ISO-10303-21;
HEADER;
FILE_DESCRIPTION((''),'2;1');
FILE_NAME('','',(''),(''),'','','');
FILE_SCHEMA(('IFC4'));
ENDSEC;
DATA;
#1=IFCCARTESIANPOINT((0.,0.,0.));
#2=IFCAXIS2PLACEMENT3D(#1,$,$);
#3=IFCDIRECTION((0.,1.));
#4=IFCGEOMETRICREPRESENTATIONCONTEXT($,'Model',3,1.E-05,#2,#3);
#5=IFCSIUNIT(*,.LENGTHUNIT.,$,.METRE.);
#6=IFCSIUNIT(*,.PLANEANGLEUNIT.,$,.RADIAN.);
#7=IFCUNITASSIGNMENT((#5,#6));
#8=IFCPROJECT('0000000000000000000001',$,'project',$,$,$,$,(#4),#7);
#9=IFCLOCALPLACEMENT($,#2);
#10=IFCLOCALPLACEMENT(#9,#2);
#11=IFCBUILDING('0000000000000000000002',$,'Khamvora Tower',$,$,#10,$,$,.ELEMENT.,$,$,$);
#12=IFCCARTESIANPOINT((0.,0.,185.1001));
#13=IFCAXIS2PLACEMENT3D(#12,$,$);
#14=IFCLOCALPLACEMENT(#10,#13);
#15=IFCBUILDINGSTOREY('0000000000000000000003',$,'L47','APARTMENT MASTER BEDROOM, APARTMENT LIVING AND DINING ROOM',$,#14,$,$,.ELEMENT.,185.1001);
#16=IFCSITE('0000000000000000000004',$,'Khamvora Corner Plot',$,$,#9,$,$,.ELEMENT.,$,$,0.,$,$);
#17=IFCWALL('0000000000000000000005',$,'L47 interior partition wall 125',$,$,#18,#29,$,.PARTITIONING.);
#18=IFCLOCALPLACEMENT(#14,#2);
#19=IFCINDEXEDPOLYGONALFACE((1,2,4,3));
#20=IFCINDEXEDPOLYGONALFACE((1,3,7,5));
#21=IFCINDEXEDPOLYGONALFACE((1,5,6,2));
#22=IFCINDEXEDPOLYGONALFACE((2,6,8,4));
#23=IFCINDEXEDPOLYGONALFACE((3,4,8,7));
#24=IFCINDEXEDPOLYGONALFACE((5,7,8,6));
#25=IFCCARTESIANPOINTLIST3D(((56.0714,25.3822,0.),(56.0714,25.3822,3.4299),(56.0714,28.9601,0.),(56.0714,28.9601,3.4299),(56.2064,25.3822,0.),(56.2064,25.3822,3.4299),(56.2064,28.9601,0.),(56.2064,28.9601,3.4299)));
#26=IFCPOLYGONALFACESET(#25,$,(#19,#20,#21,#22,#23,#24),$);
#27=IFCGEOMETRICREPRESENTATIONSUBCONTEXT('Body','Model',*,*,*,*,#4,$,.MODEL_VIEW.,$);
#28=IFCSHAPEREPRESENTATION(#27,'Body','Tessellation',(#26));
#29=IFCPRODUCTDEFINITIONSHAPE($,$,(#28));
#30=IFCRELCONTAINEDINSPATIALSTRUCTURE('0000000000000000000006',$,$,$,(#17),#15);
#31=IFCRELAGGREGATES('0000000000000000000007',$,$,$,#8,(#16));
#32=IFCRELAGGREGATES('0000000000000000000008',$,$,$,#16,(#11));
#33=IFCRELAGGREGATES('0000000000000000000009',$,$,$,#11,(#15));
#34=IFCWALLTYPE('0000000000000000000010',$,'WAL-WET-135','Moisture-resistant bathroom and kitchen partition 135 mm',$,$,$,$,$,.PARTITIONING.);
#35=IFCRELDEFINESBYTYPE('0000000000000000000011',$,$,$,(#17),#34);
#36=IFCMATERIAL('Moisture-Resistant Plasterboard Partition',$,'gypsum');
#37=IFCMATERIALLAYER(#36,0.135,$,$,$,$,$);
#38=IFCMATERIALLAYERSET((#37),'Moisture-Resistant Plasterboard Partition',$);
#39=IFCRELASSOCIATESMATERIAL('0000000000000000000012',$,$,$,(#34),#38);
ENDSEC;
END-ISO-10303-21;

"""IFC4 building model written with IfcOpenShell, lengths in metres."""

from ifc_helpers import new_model, si_unit, direction, frame, frame_2d, origin, place, context, subcontext, project, spatial, rectangle, extrude, material, layer, layer_set, type_object, element, save


model = new_model("IFC4")

# Units and contexts
model_context = context("Model", 3, precision=1e-05, world=origin(), true_north=direction((0.0, 1.0)))
body_context = subcontext(model_context, "Body", "Model", "MODEL_VIEW")
ifc_project = project(units=[si_unit("LENGTHUNIT", "METRE"), si_unit("PLANEANGLEUNIT", "RADIAN")], contexts=[model_context])

# Site, building, storey
site_placement = place(None, origin())
site = spatial("IfcSite", under=ifc_project, at=site_placement, Name="Khamvora Corner Plot", CompositionType="ELEMENT", RefElevation=0.0)
building_placement = place(site_placement, origin())
building = spatial("IfcBuilding", under=site, at=building_placement, Name="Khamvora Tower", CompositionType="ELEMENT")
storey_placement = place(building_placement, frame((0.0, 0.0, 185.1001)))
storey = spatial("IfcBuildingStorey", under=building, at=storey_placement, Name="L47", Description="APARTMENT MASTER BEDROOM, APARTMENT LIVING AND DINING ROOM", CompositionType="ELEMENT", Elevation=185.1001)

# Shared definitions
ifc_material_1 = material(Name="Moisture-Resistant Plasterboard Partition", Category="gypsum")
ifc_layer_1 = layer(ifc_material_1, 0.135)
ifc_layer_set_1 = layer_set([ifc_layer_1], Name="Moisture-Resistant Plasterboard Partition")
wall_type_1 = type_object("IfcWallType", Name="WAL-WET-135", Description="Moisture-resistant bathroom and kitchen partition 135 mm", PredefinedType="PARTITIONING", material=ifc_layer_set_1)

# Wall
wall_1_placement = place(storey_placement, frame((56.1389, 25.3821, 0.0), z_axis=(0.0, 0.0, 1.0), x_axis=(0.0, 1.0, 0.0)))
element("IfcWall", 1, at=wall_1_placement, inside=storey, type_object=wall_type_1, Name="L47 interior partition wall 125", PredefinedType="PARTITIONING", context=body_context, shape_type="SweptSolid", body=[
    extrude(rectangle(XDim=3.5779, YDim=0.135, at=frame_2d((1.7891, 0.0))), origin(), (0.0, 0.0, 1.0), 3.4299),
])

save(model, "model.ifc")
